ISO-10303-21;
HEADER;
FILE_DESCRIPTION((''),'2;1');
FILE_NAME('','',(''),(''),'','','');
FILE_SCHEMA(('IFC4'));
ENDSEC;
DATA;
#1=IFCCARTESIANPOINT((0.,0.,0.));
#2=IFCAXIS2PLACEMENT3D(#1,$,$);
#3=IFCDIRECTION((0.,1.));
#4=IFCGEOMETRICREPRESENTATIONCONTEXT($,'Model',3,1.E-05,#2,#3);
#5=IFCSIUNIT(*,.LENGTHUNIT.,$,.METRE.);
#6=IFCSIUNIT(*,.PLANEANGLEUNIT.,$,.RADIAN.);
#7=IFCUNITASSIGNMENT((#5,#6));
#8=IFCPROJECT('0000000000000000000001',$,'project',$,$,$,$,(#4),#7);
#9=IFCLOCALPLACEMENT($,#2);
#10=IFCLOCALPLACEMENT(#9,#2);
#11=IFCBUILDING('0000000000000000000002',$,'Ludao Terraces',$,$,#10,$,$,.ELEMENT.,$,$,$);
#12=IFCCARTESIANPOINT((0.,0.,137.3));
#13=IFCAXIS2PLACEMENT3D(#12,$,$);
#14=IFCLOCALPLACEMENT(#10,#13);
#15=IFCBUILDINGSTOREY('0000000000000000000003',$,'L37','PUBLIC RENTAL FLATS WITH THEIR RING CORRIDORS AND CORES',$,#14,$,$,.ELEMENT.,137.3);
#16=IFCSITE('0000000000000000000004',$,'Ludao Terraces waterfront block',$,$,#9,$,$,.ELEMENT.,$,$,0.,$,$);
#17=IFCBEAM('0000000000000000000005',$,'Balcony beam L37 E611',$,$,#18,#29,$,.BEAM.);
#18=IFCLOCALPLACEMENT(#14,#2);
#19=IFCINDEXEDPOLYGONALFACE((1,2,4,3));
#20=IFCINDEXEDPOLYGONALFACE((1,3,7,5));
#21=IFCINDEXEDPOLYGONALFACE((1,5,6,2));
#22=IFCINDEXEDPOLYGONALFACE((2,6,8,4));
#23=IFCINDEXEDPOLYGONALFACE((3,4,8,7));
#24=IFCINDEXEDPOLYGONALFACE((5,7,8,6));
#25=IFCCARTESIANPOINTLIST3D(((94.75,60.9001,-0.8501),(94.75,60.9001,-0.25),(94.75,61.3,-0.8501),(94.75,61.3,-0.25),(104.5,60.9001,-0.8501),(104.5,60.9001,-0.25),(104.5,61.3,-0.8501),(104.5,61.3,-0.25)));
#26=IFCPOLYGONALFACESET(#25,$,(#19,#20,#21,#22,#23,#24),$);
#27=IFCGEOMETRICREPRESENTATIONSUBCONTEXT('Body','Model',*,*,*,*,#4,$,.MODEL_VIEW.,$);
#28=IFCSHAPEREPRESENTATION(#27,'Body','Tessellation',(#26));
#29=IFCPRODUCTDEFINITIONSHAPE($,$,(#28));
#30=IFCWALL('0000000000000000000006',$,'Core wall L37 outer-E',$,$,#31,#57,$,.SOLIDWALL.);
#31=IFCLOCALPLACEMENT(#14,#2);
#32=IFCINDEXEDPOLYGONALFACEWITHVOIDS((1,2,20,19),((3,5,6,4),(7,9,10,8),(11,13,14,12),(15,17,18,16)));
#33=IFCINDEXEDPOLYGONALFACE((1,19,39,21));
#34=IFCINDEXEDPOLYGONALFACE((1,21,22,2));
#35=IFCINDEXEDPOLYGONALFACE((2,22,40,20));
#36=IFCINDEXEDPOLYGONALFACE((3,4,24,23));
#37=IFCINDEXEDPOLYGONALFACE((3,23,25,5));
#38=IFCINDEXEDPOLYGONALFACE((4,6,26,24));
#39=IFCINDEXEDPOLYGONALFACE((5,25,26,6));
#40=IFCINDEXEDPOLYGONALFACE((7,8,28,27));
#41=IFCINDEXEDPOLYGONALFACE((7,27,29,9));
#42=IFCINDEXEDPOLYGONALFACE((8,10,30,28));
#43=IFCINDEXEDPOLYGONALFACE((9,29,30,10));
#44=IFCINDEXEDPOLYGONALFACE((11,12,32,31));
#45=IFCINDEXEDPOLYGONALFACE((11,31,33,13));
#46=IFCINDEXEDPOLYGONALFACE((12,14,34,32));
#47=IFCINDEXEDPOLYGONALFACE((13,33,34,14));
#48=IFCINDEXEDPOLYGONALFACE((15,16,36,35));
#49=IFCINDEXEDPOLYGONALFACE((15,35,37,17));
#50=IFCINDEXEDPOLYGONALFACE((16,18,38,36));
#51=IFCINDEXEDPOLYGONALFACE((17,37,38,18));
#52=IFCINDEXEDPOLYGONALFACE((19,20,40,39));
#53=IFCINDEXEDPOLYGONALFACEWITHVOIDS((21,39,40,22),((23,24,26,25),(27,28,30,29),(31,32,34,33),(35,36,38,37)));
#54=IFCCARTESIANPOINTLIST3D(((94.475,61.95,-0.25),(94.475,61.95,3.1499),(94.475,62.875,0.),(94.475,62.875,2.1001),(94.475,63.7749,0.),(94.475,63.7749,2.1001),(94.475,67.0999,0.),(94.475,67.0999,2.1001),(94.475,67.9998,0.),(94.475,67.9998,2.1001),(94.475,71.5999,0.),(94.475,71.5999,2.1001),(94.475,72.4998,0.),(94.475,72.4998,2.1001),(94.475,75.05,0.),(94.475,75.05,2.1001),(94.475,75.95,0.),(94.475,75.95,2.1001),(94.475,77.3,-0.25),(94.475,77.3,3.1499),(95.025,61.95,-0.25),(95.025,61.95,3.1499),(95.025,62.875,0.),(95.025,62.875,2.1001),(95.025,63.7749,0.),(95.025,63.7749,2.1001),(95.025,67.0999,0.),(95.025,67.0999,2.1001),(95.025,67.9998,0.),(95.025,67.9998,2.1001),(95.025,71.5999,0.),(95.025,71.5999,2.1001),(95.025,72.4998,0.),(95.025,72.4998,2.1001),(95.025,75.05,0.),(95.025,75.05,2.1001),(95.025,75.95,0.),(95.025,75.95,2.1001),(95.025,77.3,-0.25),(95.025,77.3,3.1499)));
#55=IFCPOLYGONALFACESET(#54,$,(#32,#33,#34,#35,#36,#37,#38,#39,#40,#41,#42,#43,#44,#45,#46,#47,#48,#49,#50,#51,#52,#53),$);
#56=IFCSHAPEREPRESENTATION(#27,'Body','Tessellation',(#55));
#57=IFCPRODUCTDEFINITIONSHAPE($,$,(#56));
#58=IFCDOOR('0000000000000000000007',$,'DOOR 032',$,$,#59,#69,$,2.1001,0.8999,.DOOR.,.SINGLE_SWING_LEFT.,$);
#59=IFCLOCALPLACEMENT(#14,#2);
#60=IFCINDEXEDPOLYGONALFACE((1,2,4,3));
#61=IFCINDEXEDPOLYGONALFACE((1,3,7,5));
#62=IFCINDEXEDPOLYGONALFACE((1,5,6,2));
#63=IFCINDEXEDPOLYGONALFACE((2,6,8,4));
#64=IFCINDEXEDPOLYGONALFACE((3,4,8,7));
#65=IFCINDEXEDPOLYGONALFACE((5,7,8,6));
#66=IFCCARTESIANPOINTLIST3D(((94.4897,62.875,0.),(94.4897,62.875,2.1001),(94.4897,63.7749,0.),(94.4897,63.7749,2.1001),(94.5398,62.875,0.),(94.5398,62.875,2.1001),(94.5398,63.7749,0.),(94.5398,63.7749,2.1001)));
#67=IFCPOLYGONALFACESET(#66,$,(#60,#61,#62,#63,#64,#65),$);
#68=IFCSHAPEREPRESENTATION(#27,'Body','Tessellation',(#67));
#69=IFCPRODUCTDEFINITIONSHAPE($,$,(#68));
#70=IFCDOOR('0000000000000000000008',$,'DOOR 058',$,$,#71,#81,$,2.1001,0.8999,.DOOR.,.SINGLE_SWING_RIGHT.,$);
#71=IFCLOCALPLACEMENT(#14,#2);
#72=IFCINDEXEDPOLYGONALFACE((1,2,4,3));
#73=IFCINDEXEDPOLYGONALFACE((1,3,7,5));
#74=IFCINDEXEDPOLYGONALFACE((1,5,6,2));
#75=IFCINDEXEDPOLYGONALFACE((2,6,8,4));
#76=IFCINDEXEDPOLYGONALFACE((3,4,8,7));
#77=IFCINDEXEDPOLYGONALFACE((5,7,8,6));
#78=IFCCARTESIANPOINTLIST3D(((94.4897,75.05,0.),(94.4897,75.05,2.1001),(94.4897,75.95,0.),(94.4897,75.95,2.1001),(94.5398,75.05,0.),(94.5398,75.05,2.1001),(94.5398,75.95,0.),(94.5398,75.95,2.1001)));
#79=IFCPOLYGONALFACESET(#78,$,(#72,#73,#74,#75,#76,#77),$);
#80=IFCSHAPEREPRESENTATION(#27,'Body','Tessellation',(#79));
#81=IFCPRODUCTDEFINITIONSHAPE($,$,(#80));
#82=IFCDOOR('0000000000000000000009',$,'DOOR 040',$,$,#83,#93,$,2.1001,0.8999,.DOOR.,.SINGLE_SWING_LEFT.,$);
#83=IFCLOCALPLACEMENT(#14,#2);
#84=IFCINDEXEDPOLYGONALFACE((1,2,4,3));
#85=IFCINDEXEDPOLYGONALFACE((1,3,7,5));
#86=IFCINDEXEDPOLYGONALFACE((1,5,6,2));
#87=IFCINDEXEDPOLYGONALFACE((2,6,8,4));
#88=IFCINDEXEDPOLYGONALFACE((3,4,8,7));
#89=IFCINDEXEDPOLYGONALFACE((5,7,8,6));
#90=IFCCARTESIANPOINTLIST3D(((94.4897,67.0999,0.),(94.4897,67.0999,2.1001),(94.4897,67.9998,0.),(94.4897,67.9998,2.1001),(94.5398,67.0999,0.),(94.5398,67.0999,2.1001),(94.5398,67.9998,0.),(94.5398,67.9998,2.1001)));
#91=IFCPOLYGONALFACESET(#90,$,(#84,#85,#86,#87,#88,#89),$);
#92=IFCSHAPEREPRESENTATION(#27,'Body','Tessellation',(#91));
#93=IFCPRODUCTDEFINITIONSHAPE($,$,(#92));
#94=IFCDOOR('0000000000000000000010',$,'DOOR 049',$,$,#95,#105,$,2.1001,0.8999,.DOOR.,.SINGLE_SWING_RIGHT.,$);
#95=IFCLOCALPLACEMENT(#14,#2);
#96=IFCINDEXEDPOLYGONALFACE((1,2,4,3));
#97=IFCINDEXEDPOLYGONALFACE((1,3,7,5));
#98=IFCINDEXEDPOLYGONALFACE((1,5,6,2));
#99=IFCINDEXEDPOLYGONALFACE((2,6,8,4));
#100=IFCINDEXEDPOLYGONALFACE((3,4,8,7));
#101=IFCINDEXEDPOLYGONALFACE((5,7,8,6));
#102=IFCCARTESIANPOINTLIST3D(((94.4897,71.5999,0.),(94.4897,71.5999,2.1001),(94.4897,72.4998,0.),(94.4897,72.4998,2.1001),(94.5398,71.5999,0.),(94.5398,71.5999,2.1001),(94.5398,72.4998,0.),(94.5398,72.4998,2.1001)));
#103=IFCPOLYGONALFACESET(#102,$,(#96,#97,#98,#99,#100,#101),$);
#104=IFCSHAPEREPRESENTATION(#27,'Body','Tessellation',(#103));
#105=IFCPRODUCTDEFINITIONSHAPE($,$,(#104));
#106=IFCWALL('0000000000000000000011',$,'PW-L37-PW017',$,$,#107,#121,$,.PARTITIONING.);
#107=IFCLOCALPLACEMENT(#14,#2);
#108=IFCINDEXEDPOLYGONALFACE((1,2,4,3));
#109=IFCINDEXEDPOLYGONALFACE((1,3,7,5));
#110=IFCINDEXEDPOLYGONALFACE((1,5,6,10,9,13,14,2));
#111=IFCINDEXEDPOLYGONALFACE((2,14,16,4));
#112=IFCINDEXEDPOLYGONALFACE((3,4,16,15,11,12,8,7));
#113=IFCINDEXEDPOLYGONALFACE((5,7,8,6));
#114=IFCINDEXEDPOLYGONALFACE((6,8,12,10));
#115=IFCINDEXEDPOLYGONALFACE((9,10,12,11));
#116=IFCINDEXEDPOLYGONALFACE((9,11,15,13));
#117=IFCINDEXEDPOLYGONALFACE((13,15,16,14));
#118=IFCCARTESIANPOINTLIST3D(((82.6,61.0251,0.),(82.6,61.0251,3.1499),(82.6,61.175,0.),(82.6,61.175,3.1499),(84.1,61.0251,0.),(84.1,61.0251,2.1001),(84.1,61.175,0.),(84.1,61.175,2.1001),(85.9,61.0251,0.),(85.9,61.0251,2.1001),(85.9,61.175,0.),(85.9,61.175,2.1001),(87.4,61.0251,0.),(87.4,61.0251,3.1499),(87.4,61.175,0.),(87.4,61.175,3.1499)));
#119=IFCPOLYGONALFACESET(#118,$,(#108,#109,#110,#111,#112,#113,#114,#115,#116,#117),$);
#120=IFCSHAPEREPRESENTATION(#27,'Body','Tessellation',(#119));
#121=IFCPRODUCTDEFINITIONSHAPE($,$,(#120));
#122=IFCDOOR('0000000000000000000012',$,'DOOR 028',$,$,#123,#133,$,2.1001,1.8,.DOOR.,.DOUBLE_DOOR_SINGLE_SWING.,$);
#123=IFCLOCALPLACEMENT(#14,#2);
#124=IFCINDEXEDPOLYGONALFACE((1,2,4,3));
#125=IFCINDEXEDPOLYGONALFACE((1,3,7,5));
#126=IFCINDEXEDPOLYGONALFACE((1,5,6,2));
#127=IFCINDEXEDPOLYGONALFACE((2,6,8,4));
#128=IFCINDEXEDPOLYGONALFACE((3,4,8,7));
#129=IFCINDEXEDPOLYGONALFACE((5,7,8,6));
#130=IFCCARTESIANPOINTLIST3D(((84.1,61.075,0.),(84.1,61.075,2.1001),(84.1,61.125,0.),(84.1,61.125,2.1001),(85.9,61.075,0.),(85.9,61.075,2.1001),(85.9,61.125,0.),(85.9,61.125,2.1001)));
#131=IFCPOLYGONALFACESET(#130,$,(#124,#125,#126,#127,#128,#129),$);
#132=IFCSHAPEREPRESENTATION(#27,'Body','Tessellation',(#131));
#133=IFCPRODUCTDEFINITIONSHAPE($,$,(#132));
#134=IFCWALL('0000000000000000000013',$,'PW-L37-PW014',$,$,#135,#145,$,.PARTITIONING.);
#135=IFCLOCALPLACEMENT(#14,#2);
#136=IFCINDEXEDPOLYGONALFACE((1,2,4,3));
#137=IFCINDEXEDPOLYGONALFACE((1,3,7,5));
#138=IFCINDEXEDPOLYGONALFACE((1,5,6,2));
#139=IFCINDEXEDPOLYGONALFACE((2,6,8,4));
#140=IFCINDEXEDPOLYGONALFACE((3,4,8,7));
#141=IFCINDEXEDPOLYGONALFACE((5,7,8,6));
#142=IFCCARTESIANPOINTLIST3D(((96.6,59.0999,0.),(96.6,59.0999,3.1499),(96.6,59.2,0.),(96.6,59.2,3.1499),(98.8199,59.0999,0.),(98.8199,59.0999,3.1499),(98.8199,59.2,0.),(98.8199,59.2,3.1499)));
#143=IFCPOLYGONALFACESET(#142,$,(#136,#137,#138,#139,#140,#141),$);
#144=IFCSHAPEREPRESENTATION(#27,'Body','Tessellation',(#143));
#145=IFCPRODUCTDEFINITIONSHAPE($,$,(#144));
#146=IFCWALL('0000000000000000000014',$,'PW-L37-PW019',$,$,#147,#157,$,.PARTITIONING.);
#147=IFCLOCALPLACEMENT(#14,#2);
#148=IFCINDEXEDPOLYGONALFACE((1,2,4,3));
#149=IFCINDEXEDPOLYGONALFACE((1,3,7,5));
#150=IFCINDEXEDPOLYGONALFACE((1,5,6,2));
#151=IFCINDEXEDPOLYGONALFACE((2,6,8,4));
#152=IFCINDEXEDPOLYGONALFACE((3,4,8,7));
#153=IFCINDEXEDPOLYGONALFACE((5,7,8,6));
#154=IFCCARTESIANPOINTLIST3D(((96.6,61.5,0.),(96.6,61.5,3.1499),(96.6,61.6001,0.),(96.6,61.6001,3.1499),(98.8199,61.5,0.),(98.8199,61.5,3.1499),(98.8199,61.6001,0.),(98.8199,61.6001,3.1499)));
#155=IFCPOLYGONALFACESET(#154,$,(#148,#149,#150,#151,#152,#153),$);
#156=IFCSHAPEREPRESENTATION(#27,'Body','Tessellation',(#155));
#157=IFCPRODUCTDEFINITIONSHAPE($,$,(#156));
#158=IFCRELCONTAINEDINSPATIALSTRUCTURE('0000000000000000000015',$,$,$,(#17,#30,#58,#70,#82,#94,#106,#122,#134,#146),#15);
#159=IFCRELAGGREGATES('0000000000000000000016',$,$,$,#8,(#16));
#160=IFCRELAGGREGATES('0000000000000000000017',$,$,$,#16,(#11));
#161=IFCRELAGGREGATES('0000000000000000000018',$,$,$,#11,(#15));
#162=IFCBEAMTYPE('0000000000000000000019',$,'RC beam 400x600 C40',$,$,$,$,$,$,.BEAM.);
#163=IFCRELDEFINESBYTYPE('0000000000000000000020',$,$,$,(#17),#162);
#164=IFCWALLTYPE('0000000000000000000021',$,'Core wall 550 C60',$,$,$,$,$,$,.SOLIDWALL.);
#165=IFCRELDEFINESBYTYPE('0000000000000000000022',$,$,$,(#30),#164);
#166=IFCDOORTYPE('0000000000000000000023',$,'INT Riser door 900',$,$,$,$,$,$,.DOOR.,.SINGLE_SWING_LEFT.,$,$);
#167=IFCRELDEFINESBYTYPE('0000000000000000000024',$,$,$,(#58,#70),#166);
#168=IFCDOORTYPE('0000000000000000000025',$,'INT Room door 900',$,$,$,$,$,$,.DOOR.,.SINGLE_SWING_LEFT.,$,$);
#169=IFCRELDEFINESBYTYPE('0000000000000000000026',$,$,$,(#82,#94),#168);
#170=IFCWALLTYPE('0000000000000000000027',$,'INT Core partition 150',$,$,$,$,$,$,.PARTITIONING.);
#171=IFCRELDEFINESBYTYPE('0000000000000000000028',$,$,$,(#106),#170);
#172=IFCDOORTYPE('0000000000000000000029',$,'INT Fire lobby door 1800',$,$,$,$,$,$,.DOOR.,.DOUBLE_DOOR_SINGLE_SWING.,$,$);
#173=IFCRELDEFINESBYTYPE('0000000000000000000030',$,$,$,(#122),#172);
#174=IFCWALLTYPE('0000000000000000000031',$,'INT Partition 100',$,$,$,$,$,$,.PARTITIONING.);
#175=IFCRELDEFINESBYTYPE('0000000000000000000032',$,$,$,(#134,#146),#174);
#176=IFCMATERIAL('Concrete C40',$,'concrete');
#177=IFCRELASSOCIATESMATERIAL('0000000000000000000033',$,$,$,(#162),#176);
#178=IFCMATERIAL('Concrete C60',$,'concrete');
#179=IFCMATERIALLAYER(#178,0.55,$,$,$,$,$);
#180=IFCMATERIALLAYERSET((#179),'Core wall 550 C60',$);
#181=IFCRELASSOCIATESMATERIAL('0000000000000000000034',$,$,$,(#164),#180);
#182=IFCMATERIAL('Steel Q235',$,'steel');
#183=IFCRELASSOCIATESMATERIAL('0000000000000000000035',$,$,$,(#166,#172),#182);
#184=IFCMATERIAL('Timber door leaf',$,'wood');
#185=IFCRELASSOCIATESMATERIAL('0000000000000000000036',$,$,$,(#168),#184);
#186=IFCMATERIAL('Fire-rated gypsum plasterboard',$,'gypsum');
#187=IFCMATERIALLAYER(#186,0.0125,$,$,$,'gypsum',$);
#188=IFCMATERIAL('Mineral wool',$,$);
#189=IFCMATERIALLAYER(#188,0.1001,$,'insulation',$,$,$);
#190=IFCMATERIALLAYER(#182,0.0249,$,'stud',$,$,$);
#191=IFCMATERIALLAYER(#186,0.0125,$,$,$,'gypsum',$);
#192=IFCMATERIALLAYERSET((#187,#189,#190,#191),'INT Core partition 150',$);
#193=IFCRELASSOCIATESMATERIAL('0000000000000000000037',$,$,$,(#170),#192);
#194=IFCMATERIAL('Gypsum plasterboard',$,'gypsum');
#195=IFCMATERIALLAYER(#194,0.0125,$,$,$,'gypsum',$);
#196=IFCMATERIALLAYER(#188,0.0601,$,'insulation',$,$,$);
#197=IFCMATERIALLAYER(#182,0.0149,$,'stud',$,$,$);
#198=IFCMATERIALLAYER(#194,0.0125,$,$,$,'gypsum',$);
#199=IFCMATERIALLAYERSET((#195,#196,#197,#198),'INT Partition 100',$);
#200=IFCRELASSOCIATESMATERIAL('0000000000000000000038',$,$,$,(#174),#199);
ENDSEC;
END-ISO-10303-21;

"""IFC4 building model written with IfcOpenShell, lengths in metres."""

from ifc_helpers import new_model, si_unit, direction, frame, frame_2d, origin, origin_2d, place, context, subcontext, project, spatial, rectangle, extrude, material, layer, layer_set, material_profile, profile_set, type_object, element, fill, save


model = new_model("IFC4")

# Units and contexts
model_context = context("Model", 3, precision=1e-05, world=origin(), true_north=direction((0.0, 1.0)))
body_context = subcontext(model_context, "Body", "Model", "MODEL_VIEW")
ifc_project = project(units=[si_unit("LENGTHUNIT", "METRE"), si_unit("PLANEANGLEUNIT", "RADIAN")], contexts=[model_context])

# Site, building, storey
site_placement = place(None, origin())
site = spatial("IfcSite", under=ifc_project, at=site_placement, Name="Ludao Terraces waterfront block", CompositionType="ELEMENT", RefElevation=0.0)
building_placement = place(site_placement, origin())
building = spatial("IfcBuilding", under=site, at=building_placement, Name="Ludao Terraces", CompositionType="ELEMENT")
storey_placement = place(building_placement, frame((0.0, 0.0, 137.3)))
storey = spatial("IfcBuildingStorey", under=building, at=storey_placement, Name="L37", Description="PUBLIC RENTAL FLATS WITH THEIR RING CORRIDORS AND CORES", CompositionType="ELEMENT", Elevation=137.3)

# Beam
ifc_material_1 = material(Name="Concrete C40", Category="concrete")
ifc_material_profile = material_profile(ifc_material_1, rectangle(XDim=0.3999, YDim=0.6001, at=origin_2d()), Name="400 X 600")
ifc_profile_set = profile_set([ifc_material_profile], Name="Concrete C40")
beam_type = type_object("IfcBeamType", Name="RC beam 400x600 C40", PredefinedType="BEAM", material=ifc_profile_set)
beam_placement = place(storey_placement, frame((94.75, 61.1001, -0.55), z_axis=(1.0, 0.0, 0.0), x_axis=(0.0, 1.0, 0.0)))
element("IfcBeam", 1, at=beam_placement, inside=storey, type_object=beam_type, Name="Balcony beam L37 E611", PredefinedType="BEAM", context=body_context, shape_type="SweptSolid", body=[
    extrude(rectangle(XDim=0.3999, YDim=0.6001, at=origin_2d()), origin(), (0.0, 0.0, 1.0), 9.75),
])

# Wall, openings, doors
ifc_material_2 = material(Name="Concrete C60", Category="concrete")
ifc_layer_1 = layer(ifc_material_2, 0.55)
ifc_layer_set_1 = layer_set([ifc_layer_1], Name="Core wall 550 C60")
wall_type_1 = type_object("IfcWallType", Name="Core wall 550 C60", PredefinedType="SOLIDWALL", material=ifc_layer_set_1)
wall_1_placement = place(storey_placement, frame((94.75, 61.95, -0.25), z_axis=(0.0, 0.0, 1.0), x_axis=(0.0, 1.0, 0.0)))
wall_1 = element("IfcWall", 2, at=wall_1_placement, inside=storey, type_object=wall_type_1, Name="Core wall L37 outer-E", PredefinedType="SOLIDWALL", context=body_context, shape_type="SweptSolid", body=[
    extrude(rectangle(XDim=15.3501, YDim=0.55, at=frame_2d((7.675, 0.0))), origin(), (0.0, 0.0, 1.0), 3.3999),
])
opening_1_placement = place(wall_1_placement, frame((0.925, 0.0, 0.25)))
opening_1 = element("IfcOpeningElement", 3, at=opening_1_placement, cuts=wall_1, PredefinedType="OPENING", context=body_context, shape_type="SweptSolid", body=[
    extrude(rectangle(XDim=0.8999, YDim=2.1001, at=frame_2d((0.45, 1.05))), frame((0.0, 0.2852, 0.0), z_axis=(0.0, -1.0, 0.0), x_axis=(1.0, 0.0, 0.0)), (0.0, 0.0, 1.0), 0.5701),
])
opening_2_placement = place(wall_1_placement, frame((5.1499, 0.0, 0.25)))
opening_2 = element("IfcOpeningElement", 4, at=opening_2_placement, cuts=wall_1, PredefinedType="OPENING", context=body_context, shape_type="SweptSolid", body=[
    extrude(rectangle(XDim=0.8999, YDim=2.1001, at=frame_2d((0.45, 1.05))), frame((0.0, 0.2852, 0.0), z_axis=(0.0, -1.0, 0.0), x_axis=(1.0, 0.0, 0.0)), (0.0, 0.0, 1.0), 0.5701),
])
opening_3_placement = place(wall_1_placement, frame((9.6499, 0.0, 0.25)))
opening_3 = element("IfcOpeningElement", 5, at=opening_3_placement, cuts=wall_1, PredefinedType="OPENING", context=body_context, shape_type="SweptSolid", body=[
    extrude(rectangle(XDim=0.8999, YDim=2.1001, at=frame_2d((0.45, 1.05))), frame((0.0, 0.2852, 0.0), z_axis=(0.0, -1.0, 0.0), x_axis=(1.0, 0.0, 0.0)), (0.0, 0.0, 1.0), 0.5701),
])
opening_4_placement = place(wall_1_placement, frame((13.1001, 0.0, 0.25)))
opening_4 = element("IfcOpeningElement", 6, at=opening_4_placement, cuts=wall_1, PredefinedType="OPENING", context=body_context, shape_type="SweptSolid", body=[
    extrude(rectangle(XDim=0.8999, YDim=2.1001, at=frame_2d((0.45, 1.05))), frame((0.0, 0.2852, 0.0), z_axis=(0.0, -1.0, 0.0), x_axis=(1.0, 0.0, 0.0)), (0.0, 0.0, 1.0), 0.5701),
])
ifc_material_3 = material(Name="Steel Q235", Category="steel")
door_type_1 = type_object("IfcDoorType", Name="INT Riser door 900", OperationType="SINGLE_SWING_LEFT", PredefinedType="DOOR", material=ifc_material_3)
door_1_placement = place(opening_1_placement, origin())
door_1 = element("IfcDoor", 7, at=door_1_placement, inside=storey, type_object=door_type_1, Name="DOOR 032", OperationType="SINGLE_SWING_LEFT", OverallHeight=2.1001, OverallWidth=0.8999, PredefinedType="DOOR", context=body_context, shape_type="SweptSolid", body=[
    extrude(rectangle(XDim=0.8999, YDim=2.1001, at=frame_2d((0.45, 1.05))), frame((0.0, 0.2603, 0.0), z_axis=(0.0, -1.0, 0.0), x_axis=(1.0, 0.0, 0.0)), (0.0, 0.0, 1.0), 0.05),
])
fill(opening_1, door_1)
door_2_placement = place(opening_4_placement, origin())
door_2 = element("IfcDoor", 8, at=door_2_placement, inside=storey, type_object=door_type_1, Name="DOOR 058", OperationType="SINGLE_SWING_RIGHT", OverallHeight=2.1001, OverallWidth=0.8999, PredefinedType="DOOR", context=body_context, shape_type="SweptSolid", body=[
    extrude(rectangle(XDim=0.8999, YDim=2.1001, at=frame_2d((0.45, 1.05))), frame((0.0, 0.2603, 0.0), z_axis=(0.0, -1.0, 0.0), x_axis=(1.0, 0.0, 0.0)), (0.0, 0.0, 1.0), 0.05),
])
fill(opening_4, door_2)
ifc_material_4 = material(Name="Timber door leaf", Category="wood")
door_type_2 = type_object("IfcDoorType", Name="INT Room door 900", OperationType="SINGLE_SWING_LEFT", PredefinedType="DOOR", material=ifc_material_4)
door_3_placement = place(opening_2_placement, origin())
door_3 = element("IfcDoor", 9, at=door_3_placement, inside=storey, type_object=door_type_2, Name="DOOR 040", OperationType="SINGLE_SWING_LEFT", OverallHeight=2.1001, OverallWidth=0.8999, PredefinedType="DOOR", context=body_context, shape_type="SweptSolid", body=[
    extrude(rectangle(XDim=0.8999, YDim=2.1001, at=frame_2d((0.45, 1.05))), frame((0.0, 0.2603, 0.0), z_axis=(0.0, -1.0, 0.0), x_axis=(1.0, 0.0, 0.0)), (0.0, 0.0, 1.0), 0.05),
])
fill(opening_2, door_3)
door_4_placement = place(opening_3_placement, origin())
door_4 = element("IfcDoor", 10, at=door_4_placement, inside=storey, type_object=door_type_2, Name="DOOR 049", OperationType="SINGLE_SWING_RIGHT", OverallHeight=2.1001, OverallWidth=0.8999, PredefinedType="DOOR", context=body_context, shape_type="SweptSolid", body=[
    extrude(rectangle(XDim=0.8999, YDim=2.1001, at=frame_2d((0.45, 1.05))), frame((0.0, 0.2603, 0.0), z_axis=(0.0, -1.0, 0.0), x_axis=(1.0, 0.0, 0.0)), (0.0, 0.0, 1.0), 0.05),
])
fill(opening_3, door_4)

# Wall, opening, door
ifc_material_5 = material(Name="Fire-rated gypsum plasterboard", Category="gypsum")
ifc_layer_2 = layer(ifc_material_5, 0.0125, Category="gypsum")
ifc_material_6 = material(Name="Mineral wool")
ifc_layer_3 = layer(ifc_material_6, 0.1001, Name="insulation")
ifc_layer_4 = layer(ifc_material_3, 0.0249, Name="stud")
ifc_layer_5 = layer(ifc_material_5, 0.0125, Category="gypsum")
ifc_layer_set_2 = layer_set([ifc_layer_2, ifc_layer_3, ifc_layer_4, ifc_layer_5], Name="INT Core partition 150")
wall_type_2 = type_object("IfcWallType", Name="INT Core partition 150", PredefinedType="PARTITIONING", material=ifc_layer_set_2)
wall_2_placement = place(storey_placement, frame((82.6001, 61.1001, 0.0), z_axis=(0.0, 0.0, 1.0), x_axis=(1.0, 0.0, 0.0)))
wall_2 = element("IfcWall", 11, at=wall_2_placement, inside=storey, type_object=wall_type_2, Name="PW-L37-PW017", PredefinedType="PARTITIONING", context=body_context, shape_type="SweptSolid", body=[
    extrude(rectangle(XDim=4.8, YDim=0.1499, at=frame_2d((2.3999, 0.0))), origin(), (0.0, 0.0, 1.0), 3.1499),
])
opening_5_placement = place(wall_2_placement, frame((1.5, 0.0, 0.0)))
opening_5 = element("IfcOpeningElement", 12, at=opening_5_placement, cuts=wall_2, PredefinedType="OPENING", context=body_context, shape_type="SweptSolid", body=[
    extrude(rectangle(XDim=1.8, YDim=2.1001, at=frame_2d((0.8999, 1.05))), frame((0.0, 0.085, 0.0), z_axis=(0.0, -1.0, 0.0), x_axis=(1.0, 0.0, 0.0)), (0.0, 0.0, 1.0), 0.1699),
])
door_type_3 = type_object("IfcDoorType", Name="INT Fire lobby door 1800", OperationType="DOUBLE_DOOR_SINGLE_SWING", PredefinedType="DOOR", material=ifc_material_3)
door_5_placement = place(opening_5_placement, origin())
door_5 = element("IfcDoor", 13, at=door_5_placement, inside=storey, type_object=door_type_3, Name="DOOR 028", OperationType="DOUBLE_DOOR_SINGLE_SWING", OverallHeight=2.1001, OverallWidth=1.8, PredefinedType="DOOR", context=body_context, shape_type="SweptSolid", body=[
    extrude(rectangle(XDim=1.8, YDim=2.1001, at=frame_2d((0.8999, 1.05))), frame((0.0, 0.0249, 0.0), z_axis=(0.0, -1.0, 0.0), x_axis=(1.0, 0.0, 0.0)), (0.0, 0.0, 1.0), 0.05),
])
fill(opening_5, door_5)

# Walls
ifc_material_7 = material(Name="Gypsum plasterboard", Category="gypsum")
ifc_layer_6 = layer(ifc_material_7, 0.0125, Category="gypsum")
ifc_layer_7 = layer(ifc_material_6, 0.0601, Name="insulation")
ifc_layer_8 = layer(ifc_material_3, 0.0149, Name="stud")
ifc_layer_9 = layer(ifc_material_7, 0.0125, Category="gypsum")
ifc_layer_set_3 = layer_set([ifc_layer_6, ifc_layer_7, ifc_layer_8, ifc_layer_9], Name="INT Partition 100")
wall_type_3 = type_object("IfcWallType", Name="INT Partition 100", PredefinedType="PARTITIONING", material=ifc_layer_set_3)
for number, where, z_axis, x_axis, name in (
    (14, (96.6001, 59.1499, 0.0), (0.0, 0.0, 1.0), (1.0, 0.0, 0.0), "PW-L37-PW014"),
    (15, (96.6001, 61.55, 0.0), (0.0, 0.0, 1.0), (1.0, 0.0, 0.0), "PW-L37-PW019"),
):
    element("IfcWall", number, at=place(storey_placement, frame(where, z_axis=z_axis, x_axis=x_axis)), inside=storey, type_object=wall_type_3, Name=name, PredefinedType="PARTITIONING", context=body_context, shape_type="SweptSolid", body=[
        extrude(rectangle(XDim=2.22, YDim=0.1001, at=frame_2d((1.1099, 0.0))), origin(), (0.0, 0.0, 1.0), 3.1499),
    ])

save(model, "model.ifc")
